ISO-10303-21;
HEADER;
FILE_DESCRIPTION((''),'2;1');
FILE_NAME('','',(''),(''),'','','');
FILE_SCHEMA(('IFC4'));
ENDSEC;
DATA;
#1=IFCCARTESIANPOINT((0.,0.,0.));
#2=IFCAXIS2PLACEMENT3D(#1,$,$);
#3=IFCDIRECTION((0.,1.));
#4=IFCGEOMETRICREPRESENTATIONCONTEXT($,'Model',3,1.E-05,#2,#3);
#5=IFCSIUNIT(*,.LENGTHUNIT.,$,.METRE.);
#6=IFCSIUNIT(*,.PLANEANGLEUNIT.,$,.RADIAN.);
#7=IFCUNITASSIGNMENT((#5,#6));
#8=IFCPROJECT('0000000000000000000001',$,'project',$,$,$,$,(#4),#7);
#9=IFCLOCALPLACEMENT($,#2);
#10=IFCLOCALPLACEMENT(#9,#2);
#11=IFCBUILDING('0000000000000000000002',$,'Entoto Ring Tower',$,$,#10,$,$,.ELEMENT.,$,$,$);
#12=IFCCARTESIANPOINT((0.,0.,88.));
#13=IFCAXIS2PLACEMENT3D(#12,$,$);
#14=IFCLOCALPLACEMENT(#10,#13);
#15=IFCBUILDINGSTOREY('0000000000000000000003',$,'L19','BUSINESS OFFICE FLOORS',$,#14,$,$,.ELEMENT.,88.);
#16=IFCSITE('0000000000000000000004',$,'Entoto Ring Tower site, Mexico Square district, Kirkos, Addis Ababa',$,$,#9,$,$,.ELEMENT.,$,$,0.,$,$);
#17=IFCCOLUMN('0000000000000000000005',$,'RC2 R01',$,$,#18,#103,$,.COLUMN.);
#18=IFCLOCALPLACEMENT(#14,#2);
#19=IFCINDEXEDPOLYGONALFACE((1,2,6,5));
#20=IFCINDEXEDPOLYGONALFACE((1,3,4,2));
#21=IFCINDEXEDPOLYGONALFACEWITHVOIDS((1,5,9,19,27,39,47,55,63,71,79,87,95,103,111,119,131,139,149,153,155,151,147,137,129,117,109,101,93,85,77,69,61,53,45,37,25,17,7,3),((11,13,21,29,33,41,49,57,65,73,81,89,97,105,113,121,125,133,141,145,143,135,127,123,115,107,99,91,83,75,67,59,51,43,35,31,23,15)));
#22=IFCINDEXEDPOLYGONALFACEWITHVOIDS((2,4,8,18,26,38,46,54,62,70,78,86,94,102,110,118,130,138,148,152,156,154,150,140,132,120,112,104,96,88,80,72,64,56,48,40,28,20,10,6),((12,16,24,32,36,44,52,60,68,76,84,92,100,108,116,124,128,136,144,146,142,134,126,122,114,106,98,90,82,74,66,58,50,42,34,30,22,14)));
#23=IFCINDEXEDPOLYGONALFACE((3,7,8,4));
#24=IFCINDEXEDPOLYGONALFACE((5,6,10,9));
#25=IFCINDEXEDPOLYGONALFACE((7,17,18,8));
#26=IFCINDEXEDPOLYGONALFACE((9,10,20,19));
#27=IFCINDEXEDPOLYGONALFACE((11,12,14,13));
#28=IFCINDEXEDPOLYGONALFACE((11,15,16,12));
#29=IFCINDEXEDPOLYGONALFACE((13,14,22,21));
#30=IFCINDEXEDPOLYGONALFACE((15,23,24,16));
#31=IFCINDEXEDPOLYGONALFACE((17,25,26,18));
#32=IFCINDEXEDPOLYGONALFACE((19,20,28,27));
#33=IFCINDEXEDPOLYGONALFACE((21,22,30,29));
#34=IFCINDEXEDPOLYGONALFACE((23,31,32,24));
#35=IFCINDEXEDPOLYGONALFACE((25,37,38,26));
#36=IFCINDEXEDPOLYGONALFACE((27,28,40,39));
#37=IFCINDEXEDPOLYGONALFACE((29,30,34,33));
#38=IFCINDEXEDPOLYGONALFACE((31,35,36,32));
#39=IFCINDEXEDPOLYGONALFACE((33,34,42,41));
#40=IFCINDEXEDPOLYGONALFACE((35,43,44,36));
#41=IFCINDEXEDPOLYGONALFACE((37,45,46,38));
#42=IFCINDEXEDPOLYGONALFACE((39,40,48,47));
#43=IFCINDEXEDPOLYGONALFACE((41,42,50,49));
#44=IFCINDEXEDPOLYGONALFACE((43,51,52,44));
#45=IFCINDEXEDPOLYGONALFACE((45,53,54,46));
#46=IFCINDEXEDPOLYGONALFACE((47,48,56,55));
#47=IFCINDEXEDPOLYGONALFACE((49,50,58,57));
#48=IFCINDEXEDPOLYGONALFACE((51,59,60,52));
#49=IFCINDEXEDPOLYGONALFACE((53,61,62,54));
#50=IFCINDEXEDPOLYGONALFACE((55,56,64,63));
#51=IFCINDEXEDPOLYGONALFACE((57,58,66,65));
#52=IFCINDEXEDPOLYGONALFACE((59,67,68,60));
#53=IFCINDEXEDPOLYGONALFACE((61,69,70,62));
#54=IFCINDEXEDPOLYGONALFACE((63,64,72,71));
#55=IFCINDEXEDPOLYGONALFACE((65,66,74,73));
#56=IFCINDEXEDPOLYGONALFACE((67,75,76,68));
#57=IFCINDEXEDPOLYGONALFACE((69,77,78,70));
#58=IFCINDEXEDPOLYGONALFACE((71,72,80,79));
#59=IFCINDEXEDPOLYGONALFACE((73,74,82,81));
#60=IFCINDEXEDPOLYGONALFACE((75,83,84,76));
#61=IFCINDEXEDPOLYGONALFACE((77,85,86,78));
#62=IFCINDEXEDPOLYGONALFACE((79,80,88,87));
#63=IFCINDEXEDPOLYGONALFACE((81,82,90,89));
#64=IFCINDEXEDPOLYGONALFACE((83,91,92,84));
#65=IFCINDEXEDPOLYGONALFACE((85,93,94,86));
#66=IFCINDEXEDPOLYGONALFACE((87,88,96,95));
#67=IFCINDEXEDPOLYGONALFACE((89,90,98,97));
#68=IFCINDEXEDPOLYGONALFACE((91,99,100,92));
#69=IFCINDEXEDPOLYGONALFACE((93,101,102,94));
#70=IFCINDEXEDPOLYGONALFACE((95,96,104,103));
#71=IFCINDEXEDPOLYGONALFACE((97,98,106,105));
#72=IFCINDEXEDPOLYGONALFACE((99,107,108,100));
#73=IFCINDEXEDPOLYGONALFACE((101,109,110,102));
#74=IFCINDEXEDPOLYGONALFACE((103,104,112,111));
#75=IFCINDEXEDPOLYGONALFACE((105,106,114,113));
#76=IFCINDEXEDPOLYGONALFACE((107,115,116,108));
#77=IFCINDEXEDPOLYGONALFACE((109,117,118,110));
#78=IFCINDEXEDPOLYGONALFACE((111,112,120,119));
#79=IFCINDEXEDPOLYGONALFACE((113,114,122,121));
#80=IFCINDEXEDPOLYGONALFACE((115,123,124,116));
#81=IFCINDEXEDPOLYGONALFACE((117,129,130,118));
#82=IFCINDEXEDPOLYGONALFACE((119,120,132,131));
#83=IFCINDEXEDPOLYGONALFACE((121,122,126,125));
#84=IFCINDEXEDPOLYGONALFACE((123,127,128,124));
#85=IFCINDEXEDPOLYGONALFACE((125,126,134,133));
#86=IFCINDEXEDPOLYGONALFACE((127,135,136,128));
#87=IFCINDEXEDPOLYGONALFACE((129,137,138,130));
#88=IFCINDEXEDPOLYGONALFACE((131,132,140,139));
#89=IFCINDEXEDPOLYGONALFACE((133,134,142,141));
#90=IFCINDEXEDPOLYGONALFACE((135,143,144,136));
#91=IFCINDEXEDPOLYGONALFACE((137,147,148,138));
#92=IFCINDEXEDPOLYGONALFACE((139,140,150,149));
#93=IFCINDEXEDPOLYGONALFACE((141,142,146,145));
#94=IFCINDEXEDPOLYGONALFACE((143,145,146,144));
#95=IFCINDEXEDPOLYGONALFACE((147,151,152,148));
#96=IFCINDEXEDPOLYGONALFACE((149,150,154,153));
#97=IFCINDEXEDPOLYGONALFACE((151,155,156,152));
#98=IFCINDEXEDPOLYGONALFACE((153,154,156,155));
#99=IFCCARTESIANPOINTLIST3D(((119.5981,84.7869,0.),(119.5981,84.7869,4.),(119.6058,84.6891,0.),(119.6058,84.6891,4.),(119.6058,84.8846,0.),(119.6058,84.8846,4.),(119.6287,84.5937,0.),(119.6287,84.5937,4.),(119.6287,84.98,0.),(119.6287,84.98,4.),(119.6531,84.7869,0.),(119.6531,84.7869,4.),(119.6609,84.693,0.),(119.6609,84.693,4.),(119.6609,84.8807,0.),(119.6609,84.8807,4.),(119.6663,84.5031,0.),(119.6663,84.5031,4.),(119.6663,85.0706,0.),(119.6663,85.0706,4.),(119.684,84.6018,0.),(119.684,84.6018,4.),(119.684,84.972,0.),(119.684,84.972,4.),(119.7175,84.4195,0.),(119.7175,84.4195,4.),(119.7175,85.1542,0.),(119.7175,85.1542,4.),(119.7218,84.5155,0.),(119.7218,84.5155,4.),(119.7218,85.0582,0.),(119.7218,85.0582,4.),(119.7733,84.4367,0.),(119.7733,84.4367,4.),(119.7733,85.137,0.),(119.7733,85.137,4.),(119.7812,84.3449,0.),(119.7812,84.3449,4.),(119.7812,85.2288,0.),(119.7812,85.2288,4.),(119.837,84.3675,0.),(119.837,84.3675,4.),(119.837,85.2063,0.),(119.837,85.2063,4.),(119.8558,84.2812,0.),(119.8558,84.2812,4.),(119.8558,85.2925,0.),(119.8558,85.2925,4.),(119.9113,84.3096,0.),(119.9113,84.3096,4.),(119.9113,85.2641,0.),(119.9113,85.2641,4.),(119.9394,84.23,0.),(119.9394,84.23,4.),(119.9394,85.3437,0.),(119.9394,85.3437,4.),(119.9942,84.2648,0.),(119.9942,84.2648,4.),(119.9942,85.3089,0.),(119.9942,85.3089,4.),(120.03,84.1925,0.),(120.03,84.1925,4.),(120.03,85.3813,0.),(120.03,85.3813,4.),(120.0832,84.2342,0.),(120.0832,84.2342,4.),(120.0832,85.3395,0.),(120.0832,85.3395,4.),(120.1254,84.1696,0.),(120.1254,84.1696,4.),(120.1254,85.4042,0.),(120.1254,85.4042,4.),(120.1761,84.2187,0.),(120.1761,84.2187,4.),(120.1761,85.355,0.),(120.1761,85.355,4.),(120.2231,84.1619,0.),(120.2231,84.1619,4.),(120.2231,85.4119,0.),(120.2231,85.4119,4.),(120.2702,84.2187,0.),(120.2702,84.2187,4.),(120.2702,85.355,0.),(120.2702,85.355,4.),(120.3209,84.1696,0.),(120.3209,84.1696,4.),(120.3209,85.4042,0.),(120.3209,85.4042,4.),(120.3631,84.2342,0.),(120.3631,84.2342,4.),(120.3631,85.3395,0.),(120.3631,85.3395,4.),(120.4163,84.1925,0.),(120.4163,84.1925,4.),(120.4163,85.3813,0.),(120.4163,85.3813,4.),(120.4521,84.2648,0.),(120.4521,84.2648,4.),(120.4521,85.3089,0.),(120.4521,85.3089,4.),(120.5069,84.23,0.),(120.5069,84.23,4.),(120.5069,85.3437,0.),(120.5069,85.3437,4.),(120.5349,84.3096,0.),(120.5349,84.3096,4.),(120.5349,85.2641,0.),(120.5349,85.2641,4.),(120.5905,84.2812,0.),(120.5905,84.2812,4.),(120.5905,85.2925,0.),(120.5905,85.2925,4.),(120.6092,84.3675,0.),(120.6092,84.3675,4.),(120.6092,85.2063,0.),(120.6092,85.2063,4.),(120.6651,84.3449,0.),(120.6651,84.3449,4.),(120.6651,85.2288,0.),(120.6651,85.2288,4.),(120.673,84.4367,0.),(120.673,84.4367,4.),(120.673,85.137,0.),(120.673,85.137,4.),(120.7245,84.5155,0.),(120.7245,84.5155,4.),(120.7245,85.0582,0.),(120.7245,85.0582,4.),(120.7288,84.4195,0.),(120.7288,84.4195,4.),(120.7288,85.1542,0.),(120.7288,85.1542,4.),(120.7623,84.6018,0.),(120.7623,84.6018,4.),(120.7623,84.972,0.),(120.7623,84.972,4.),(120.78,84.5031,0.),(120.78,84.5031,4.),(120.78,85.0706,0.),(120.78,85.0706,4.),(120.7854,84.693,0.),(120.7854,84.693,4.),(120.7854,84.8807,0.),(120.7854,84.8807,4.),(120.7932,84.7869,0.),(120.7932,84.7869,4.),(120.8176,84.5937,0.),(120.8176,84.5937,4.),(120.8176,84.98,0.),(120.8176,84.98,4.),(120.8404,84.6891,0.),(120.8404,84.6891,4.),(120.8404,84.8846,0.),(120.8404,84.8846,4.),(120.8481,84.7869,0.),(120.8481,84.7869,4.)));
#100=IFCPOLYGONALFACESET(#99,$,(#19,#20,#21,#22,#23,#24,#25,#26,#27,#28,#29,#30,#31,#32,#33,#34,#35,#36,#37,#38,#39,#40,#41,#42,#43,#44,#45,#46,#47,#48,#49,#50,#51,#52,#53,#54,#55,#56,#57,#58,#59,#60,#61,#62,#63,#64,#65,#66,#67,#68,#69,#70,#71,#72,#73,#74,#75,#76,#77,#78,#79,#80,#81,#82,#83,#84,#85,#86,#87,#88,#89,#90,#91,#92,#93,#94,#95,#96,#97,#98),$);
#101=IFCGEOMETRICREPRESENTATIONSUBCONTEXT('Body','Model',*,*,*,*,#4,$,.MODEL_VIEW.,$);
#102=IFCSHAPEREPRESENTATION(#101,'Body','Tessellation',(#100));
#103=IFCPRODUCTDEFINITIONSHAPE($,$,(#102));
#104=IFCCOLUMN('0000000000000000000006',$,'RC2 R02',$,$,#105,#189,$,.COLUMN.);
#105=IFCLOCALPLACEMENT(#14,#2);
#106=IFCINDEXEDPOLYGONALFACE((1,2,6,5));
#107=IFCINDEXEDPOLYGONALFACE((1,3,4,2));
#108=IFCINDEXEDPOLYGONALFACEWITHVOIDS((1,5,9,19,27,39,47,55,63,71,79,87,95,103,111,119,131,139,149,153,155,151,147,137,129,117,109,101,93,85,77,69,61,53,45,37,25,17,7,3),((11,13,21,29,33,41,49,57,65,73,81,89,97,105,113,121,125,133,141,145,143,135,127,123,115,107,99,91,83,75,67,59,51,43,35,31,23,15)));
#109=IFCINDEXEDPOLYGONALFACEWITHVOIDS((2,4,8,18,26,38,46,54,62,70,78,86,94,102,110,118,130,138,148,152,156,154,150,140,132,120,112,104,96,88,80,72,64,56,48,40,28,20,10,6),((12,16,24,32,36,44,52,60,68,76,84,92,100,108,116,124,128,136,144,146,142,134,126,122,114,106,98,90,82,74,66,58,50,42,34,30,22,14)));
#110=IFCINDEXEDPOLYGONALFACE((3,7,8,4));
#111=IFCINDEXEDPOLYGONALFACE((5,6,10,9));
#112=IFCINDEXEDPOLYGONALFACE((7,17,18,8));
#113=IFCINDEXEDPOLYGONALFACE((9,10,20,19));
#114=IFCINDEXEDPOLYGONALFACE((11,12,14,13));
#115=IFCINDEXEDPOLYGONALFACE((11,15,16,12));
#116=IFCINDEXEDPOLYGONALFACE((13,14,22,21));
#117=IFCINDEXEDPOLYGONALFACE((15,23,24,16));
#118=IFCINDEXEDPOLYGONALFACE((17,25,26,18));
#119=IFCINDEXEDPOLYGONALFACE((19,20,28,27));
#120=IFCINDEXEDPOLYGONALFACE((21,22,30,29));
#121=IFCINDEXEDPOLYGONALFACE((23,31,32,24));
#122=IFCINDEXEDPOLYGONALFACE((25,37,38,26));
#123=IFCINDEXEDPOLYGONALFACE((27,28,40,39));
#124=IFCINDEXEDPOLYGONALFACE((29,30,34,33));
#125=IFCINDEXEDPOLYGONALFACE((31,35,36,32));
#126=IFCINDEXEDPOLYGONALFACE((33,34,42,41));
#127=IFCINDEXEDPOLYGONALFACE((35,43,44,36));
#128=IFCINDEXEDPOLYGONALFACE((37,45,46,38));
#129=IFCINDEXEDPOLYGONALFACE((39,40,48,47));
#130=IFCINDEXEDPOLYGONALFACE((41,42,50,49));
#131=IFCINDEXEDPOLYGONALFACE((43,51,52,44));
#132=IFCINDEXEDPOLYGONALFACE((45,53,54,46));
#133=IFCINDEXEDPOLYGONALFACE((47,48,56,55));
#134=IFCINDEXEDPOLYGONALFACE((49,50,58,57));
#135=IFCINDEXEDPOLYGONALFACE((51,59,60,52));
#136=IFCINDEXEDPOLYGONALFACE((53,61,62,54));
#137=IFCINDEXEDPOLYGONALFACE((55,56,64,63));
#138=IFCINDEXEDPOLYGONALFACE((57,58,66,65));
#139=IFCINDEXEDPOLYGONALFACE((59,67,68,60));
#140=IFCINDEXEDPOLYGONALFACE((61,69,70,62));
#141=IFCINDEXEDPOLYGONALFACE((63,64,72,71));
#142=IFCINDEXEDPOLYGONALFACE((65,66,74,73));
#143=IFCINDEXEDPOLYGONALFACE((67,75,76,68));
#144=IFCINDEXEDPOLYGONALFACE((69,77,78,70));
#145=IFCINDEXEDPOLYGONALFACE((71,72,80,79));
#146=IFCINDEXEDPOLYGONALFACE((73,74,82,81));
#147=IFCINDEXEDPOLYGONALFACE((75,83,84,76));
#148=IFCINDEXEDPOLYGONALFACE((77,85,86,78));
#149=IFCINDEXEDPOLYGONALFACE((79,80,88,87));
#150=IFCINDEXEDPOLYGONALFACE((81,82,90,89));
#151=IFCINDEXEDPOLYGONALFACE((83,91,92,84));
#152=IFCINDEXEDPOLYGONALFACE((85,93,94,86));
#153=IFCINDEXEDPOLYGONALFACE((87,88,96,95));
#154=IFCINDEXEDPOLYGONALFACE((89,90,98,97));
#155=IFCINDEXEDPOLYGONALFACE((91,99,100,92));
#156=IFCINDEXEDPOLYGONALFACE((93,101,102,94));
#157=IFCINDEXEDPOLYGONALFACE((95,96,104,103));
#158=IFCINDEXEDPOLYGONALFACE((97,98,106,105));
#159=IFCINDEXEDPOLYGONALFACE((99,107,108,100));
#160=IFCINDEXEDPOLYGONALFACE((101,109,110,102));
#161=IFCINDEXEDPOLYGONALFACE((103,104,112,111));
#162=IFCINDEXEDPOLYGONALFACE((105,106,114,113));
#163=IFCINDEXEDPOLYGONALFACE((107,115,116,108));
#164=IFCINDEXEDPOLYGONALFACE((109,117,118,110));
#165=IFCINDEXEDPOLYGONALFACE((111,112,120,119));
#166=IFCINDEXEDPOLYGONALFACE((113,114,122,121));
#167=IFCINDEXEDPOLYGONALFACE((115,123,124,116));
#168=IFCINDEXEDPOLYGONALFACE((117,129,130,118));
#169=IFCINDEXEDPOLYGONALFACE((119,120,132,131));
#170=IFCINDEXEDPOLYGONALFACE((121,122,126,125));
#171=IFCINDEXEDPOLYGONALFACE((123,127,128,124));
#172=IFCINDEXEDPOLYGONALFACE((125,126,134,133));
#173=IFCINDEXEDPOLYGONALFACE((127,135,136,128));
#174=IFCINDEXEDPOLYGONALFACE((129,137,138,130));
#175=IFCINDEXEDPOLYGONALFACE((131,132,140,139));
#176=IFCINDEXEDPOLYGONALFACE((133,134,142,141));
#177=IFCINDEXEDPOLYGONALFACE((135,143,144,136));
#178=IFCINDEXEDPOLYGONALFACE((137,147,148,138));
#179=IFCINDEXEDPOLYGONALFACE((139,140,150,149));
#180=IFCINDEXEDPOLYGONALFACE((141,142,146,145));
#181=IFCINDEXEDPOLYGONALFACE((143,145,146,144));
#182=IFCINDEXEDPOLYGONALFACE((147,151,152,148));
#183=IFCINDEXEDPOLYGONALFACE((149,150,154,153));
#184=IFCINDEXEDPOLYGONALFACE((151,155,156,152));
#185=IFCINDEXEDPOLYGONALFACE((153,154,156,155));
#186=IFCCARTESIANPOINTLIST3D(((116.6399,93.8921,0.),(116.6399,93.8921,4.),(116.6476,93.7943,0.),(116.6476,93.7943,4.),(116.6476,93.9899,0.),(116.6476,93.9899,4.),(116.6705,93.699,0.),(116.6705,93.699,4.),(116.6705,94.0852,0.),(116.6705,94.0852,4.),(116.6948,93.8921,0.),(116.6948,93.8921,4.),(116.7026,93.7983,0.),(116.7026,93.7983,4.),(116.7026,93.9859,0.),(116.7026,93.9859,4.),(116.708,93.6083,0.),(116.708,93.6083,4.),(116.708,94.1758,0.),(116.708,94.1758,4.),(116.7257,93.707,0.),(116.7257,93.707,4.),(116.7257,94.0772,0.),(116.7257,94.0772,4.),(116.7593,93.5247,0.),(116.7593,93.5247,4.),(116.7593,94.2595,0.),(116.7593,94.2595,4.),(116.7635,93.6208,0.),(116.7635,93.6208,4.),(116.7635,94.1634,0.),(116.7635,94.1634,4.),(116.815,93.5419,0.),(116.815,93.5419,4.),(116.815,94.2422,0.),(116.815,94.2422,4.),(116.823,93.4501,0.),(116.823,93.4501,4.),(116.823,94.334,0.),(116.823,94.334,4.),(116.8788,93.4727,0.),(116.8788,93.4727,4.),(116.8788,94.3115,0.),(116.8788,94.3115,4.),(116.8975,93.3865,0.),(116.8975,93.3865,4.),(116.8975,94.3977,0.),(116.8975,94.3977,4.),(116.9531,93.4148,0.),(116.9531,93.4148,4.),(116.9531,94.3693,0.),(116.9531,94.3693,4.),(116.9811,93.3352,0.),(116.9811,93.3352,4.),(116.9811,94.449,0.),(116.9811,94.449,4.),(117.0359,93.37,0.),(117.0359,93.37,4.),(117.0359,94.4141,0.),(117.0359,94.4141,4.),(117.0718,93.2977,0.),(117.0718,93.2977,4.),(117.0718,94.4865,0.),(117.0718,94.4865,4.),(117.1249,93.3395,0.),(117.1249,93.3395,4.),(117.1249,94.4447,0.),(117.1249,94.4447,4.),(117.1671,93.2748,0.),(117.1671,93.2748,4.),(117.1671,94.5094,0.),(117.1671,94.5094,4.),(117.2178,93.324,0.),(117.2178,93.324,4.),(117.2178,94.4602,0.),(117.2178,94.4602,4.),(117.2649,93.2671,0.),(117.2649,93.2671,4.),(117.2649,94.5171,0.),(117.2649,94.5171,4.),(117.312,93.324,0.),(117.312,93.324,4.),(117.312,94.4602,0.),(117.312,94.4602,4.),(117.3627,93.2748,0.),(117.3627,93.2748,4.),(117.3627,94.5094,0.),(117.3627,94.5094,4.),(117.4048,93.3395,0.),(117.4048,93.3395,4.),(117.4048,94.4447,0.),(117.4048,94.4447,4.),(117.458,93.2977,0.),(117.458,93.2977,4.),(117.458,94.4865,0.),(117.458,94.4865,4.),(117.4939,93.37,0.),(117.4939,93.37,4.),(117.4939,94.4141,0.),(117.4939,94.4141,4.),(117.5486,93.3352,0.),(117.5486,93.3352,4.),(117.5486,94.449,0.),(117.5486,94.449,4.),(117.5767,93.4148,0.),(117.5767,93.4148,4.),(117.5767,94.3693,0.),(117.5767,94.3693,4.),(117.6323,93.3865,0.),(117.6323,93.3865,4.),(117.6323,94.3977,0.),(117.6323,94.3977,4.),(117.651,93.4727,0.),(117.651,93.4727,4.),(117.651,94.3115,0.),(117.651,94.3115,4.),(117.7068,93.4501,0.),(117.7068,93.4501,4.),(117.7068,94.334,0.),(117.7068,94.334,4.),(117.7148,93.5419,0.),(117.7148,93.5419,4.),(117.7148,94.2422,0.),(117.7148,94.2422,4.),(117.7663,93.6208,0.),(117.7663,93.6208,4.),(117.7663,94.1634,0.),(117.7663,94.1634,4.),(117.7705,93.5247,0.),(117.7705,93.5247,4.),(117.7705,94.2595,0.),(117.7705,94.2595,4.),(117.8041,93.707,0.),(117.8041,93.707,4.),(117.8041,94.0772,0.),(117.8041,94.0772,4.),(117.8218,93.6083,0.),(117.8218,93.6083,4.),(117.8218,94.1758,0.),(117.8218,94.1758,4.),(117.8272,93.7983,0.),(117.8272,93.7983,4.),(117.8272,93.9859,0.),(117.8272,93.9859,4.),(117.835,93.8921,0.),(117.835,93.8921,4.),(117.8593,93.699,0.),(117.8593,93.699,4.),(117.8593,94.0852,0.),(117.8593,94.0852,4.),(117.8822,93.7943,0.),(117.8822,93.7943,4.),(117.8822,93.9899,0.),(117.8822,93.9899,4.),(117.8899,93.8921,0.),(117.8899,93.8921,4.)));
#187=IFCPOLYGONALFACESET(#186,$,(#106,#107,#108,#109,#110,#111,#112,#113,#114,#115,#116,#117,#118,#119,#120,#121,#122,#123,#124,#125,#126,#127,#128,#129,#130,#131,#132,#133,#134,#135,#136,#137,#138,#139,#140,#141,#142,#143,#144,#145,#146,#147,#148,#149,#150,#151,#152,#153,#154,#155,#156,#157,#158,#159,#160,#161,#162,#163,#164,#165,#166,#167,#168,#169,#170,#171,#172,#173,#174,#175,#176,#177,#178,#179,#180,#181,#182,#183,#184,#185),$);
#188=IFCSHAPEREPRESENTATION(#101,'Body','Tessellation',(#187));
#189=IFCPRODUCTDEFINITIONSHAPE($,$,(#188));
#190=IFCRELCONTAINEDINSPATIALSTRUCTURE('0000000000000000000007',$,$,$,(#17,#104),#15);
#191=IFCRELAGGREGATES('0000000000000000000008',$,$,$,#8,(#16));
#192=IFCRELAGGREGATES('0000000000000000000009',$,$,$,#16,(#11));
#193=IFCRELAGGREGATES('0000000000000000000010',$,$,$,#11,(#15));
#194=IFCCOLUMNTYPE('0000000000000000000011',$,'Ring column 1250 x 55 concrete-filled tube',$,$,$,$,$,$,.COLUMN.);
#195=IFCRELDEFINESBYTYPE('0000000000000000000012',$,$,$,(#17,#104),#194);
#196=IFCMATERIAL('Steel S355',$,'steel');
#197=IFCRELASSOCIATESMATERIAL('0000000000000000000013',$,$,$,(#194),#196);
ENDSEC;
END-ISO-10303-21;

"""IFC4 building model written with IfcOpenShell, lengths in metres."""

from ifc_helpers import new_model, si_unit, direction, frame, origin, origin_2d, place, context, subcontext, project, spatial, circle, hollow_circle, extrude, material, material_profile, profile_set, type_object, element, save


model = new_model("IFC4")

# Units and contexts
model_context = context("Model", 3, precision=1e-05, world=origin(), true_north=direction((0.0, 1.0)))
body_context = subcontext(model_context, "Body", "Model", "MODEL_VIEW")
ifc_project = project(units=[si_unit("LENGTHUNIT", "METRE"), si_unit("PLANEANGLEUNIT", "RADIAN")], contexts=[model_context])

# Site, building, storey
site_placement = place(None, origin())
site = spatial("IfcSite", under=ifc_project, at=site_placement, Name="Entoto Ring Tower site, Mexico Square district, Kirkos, Addis Ababa", CompositionType="ELEMENT", RefElevation=0.0)
building_placement = place(site_placement, origin())
building = spatial("IfcBuilding", under=site, at=building_placement, Name="Entoto Ring Tower", CompositionType="ELEMENT")
storey_placement = place(building_placement, frame((0.0, 0.0, 88.0)))
storey = spatial("IfcBuildingStorey", under=building, at=storey_placement, Name="L19", Description="BUSINESS OFFICE FLOORS", CompositionType="ELEMENT", Elevation=88.0)

# Columns
ifc_material_1 = material(Name="Steel S355", Category="steel")
ifc_material_profile_1 = material_profile(ifc_material_1, hollow_circle(Radius=0.625, WallThickness=0.0549, at=origin_2d()), Name="CHS 1250 x 55")
ifc_material_2 = material(Name="Concrete C60/75", Category="concrete")
ifc_material_profile_2 = material_profile(ifc_material_2, circle(Radius=0.5701, at=origin_2d()), Name="Concrete C60/75 infill")
ifc_profile_set_1 = profile_set([ifc_material_profile_1, ifc_material_profile_2], Name="Steel S355")
column_type = type_object("IfcColumnType", Name="Ring column 1250 x 55 concrete-filled tube", PredefinedType="COLUMN", material=ifc_profile_set_1)
for number, where, z_axis, x_axis, name in (
    (1, (120.2231, 84.7869, 0.0), (0.0, 0.0, 1.0), (1.0, 0.0, 0.0), "RC2 R01"),
    (2, (117.2649, 93.8921, 0.0), (0.0, 0.0, 1.0), (1.0, 0.0, 0.0), "RC2 R02"),
):
    element("IfcColumn", number, at=place(storey_placement, frame(where, z_axis=z_axis, x_axis=x_axis)), inside=storey, type_object=column_type, Name=name, PredefinedType="COLUMN", context=body_context, shape_type="SweptSolid", body=[
        extrude(hollow_circle(Radius=0.625, WallThickness=0.0549, at=origin_2d()), origin(), (0.0, 0.0, 1.0), 4.0),
    ])

save(model, "model.ifc")
